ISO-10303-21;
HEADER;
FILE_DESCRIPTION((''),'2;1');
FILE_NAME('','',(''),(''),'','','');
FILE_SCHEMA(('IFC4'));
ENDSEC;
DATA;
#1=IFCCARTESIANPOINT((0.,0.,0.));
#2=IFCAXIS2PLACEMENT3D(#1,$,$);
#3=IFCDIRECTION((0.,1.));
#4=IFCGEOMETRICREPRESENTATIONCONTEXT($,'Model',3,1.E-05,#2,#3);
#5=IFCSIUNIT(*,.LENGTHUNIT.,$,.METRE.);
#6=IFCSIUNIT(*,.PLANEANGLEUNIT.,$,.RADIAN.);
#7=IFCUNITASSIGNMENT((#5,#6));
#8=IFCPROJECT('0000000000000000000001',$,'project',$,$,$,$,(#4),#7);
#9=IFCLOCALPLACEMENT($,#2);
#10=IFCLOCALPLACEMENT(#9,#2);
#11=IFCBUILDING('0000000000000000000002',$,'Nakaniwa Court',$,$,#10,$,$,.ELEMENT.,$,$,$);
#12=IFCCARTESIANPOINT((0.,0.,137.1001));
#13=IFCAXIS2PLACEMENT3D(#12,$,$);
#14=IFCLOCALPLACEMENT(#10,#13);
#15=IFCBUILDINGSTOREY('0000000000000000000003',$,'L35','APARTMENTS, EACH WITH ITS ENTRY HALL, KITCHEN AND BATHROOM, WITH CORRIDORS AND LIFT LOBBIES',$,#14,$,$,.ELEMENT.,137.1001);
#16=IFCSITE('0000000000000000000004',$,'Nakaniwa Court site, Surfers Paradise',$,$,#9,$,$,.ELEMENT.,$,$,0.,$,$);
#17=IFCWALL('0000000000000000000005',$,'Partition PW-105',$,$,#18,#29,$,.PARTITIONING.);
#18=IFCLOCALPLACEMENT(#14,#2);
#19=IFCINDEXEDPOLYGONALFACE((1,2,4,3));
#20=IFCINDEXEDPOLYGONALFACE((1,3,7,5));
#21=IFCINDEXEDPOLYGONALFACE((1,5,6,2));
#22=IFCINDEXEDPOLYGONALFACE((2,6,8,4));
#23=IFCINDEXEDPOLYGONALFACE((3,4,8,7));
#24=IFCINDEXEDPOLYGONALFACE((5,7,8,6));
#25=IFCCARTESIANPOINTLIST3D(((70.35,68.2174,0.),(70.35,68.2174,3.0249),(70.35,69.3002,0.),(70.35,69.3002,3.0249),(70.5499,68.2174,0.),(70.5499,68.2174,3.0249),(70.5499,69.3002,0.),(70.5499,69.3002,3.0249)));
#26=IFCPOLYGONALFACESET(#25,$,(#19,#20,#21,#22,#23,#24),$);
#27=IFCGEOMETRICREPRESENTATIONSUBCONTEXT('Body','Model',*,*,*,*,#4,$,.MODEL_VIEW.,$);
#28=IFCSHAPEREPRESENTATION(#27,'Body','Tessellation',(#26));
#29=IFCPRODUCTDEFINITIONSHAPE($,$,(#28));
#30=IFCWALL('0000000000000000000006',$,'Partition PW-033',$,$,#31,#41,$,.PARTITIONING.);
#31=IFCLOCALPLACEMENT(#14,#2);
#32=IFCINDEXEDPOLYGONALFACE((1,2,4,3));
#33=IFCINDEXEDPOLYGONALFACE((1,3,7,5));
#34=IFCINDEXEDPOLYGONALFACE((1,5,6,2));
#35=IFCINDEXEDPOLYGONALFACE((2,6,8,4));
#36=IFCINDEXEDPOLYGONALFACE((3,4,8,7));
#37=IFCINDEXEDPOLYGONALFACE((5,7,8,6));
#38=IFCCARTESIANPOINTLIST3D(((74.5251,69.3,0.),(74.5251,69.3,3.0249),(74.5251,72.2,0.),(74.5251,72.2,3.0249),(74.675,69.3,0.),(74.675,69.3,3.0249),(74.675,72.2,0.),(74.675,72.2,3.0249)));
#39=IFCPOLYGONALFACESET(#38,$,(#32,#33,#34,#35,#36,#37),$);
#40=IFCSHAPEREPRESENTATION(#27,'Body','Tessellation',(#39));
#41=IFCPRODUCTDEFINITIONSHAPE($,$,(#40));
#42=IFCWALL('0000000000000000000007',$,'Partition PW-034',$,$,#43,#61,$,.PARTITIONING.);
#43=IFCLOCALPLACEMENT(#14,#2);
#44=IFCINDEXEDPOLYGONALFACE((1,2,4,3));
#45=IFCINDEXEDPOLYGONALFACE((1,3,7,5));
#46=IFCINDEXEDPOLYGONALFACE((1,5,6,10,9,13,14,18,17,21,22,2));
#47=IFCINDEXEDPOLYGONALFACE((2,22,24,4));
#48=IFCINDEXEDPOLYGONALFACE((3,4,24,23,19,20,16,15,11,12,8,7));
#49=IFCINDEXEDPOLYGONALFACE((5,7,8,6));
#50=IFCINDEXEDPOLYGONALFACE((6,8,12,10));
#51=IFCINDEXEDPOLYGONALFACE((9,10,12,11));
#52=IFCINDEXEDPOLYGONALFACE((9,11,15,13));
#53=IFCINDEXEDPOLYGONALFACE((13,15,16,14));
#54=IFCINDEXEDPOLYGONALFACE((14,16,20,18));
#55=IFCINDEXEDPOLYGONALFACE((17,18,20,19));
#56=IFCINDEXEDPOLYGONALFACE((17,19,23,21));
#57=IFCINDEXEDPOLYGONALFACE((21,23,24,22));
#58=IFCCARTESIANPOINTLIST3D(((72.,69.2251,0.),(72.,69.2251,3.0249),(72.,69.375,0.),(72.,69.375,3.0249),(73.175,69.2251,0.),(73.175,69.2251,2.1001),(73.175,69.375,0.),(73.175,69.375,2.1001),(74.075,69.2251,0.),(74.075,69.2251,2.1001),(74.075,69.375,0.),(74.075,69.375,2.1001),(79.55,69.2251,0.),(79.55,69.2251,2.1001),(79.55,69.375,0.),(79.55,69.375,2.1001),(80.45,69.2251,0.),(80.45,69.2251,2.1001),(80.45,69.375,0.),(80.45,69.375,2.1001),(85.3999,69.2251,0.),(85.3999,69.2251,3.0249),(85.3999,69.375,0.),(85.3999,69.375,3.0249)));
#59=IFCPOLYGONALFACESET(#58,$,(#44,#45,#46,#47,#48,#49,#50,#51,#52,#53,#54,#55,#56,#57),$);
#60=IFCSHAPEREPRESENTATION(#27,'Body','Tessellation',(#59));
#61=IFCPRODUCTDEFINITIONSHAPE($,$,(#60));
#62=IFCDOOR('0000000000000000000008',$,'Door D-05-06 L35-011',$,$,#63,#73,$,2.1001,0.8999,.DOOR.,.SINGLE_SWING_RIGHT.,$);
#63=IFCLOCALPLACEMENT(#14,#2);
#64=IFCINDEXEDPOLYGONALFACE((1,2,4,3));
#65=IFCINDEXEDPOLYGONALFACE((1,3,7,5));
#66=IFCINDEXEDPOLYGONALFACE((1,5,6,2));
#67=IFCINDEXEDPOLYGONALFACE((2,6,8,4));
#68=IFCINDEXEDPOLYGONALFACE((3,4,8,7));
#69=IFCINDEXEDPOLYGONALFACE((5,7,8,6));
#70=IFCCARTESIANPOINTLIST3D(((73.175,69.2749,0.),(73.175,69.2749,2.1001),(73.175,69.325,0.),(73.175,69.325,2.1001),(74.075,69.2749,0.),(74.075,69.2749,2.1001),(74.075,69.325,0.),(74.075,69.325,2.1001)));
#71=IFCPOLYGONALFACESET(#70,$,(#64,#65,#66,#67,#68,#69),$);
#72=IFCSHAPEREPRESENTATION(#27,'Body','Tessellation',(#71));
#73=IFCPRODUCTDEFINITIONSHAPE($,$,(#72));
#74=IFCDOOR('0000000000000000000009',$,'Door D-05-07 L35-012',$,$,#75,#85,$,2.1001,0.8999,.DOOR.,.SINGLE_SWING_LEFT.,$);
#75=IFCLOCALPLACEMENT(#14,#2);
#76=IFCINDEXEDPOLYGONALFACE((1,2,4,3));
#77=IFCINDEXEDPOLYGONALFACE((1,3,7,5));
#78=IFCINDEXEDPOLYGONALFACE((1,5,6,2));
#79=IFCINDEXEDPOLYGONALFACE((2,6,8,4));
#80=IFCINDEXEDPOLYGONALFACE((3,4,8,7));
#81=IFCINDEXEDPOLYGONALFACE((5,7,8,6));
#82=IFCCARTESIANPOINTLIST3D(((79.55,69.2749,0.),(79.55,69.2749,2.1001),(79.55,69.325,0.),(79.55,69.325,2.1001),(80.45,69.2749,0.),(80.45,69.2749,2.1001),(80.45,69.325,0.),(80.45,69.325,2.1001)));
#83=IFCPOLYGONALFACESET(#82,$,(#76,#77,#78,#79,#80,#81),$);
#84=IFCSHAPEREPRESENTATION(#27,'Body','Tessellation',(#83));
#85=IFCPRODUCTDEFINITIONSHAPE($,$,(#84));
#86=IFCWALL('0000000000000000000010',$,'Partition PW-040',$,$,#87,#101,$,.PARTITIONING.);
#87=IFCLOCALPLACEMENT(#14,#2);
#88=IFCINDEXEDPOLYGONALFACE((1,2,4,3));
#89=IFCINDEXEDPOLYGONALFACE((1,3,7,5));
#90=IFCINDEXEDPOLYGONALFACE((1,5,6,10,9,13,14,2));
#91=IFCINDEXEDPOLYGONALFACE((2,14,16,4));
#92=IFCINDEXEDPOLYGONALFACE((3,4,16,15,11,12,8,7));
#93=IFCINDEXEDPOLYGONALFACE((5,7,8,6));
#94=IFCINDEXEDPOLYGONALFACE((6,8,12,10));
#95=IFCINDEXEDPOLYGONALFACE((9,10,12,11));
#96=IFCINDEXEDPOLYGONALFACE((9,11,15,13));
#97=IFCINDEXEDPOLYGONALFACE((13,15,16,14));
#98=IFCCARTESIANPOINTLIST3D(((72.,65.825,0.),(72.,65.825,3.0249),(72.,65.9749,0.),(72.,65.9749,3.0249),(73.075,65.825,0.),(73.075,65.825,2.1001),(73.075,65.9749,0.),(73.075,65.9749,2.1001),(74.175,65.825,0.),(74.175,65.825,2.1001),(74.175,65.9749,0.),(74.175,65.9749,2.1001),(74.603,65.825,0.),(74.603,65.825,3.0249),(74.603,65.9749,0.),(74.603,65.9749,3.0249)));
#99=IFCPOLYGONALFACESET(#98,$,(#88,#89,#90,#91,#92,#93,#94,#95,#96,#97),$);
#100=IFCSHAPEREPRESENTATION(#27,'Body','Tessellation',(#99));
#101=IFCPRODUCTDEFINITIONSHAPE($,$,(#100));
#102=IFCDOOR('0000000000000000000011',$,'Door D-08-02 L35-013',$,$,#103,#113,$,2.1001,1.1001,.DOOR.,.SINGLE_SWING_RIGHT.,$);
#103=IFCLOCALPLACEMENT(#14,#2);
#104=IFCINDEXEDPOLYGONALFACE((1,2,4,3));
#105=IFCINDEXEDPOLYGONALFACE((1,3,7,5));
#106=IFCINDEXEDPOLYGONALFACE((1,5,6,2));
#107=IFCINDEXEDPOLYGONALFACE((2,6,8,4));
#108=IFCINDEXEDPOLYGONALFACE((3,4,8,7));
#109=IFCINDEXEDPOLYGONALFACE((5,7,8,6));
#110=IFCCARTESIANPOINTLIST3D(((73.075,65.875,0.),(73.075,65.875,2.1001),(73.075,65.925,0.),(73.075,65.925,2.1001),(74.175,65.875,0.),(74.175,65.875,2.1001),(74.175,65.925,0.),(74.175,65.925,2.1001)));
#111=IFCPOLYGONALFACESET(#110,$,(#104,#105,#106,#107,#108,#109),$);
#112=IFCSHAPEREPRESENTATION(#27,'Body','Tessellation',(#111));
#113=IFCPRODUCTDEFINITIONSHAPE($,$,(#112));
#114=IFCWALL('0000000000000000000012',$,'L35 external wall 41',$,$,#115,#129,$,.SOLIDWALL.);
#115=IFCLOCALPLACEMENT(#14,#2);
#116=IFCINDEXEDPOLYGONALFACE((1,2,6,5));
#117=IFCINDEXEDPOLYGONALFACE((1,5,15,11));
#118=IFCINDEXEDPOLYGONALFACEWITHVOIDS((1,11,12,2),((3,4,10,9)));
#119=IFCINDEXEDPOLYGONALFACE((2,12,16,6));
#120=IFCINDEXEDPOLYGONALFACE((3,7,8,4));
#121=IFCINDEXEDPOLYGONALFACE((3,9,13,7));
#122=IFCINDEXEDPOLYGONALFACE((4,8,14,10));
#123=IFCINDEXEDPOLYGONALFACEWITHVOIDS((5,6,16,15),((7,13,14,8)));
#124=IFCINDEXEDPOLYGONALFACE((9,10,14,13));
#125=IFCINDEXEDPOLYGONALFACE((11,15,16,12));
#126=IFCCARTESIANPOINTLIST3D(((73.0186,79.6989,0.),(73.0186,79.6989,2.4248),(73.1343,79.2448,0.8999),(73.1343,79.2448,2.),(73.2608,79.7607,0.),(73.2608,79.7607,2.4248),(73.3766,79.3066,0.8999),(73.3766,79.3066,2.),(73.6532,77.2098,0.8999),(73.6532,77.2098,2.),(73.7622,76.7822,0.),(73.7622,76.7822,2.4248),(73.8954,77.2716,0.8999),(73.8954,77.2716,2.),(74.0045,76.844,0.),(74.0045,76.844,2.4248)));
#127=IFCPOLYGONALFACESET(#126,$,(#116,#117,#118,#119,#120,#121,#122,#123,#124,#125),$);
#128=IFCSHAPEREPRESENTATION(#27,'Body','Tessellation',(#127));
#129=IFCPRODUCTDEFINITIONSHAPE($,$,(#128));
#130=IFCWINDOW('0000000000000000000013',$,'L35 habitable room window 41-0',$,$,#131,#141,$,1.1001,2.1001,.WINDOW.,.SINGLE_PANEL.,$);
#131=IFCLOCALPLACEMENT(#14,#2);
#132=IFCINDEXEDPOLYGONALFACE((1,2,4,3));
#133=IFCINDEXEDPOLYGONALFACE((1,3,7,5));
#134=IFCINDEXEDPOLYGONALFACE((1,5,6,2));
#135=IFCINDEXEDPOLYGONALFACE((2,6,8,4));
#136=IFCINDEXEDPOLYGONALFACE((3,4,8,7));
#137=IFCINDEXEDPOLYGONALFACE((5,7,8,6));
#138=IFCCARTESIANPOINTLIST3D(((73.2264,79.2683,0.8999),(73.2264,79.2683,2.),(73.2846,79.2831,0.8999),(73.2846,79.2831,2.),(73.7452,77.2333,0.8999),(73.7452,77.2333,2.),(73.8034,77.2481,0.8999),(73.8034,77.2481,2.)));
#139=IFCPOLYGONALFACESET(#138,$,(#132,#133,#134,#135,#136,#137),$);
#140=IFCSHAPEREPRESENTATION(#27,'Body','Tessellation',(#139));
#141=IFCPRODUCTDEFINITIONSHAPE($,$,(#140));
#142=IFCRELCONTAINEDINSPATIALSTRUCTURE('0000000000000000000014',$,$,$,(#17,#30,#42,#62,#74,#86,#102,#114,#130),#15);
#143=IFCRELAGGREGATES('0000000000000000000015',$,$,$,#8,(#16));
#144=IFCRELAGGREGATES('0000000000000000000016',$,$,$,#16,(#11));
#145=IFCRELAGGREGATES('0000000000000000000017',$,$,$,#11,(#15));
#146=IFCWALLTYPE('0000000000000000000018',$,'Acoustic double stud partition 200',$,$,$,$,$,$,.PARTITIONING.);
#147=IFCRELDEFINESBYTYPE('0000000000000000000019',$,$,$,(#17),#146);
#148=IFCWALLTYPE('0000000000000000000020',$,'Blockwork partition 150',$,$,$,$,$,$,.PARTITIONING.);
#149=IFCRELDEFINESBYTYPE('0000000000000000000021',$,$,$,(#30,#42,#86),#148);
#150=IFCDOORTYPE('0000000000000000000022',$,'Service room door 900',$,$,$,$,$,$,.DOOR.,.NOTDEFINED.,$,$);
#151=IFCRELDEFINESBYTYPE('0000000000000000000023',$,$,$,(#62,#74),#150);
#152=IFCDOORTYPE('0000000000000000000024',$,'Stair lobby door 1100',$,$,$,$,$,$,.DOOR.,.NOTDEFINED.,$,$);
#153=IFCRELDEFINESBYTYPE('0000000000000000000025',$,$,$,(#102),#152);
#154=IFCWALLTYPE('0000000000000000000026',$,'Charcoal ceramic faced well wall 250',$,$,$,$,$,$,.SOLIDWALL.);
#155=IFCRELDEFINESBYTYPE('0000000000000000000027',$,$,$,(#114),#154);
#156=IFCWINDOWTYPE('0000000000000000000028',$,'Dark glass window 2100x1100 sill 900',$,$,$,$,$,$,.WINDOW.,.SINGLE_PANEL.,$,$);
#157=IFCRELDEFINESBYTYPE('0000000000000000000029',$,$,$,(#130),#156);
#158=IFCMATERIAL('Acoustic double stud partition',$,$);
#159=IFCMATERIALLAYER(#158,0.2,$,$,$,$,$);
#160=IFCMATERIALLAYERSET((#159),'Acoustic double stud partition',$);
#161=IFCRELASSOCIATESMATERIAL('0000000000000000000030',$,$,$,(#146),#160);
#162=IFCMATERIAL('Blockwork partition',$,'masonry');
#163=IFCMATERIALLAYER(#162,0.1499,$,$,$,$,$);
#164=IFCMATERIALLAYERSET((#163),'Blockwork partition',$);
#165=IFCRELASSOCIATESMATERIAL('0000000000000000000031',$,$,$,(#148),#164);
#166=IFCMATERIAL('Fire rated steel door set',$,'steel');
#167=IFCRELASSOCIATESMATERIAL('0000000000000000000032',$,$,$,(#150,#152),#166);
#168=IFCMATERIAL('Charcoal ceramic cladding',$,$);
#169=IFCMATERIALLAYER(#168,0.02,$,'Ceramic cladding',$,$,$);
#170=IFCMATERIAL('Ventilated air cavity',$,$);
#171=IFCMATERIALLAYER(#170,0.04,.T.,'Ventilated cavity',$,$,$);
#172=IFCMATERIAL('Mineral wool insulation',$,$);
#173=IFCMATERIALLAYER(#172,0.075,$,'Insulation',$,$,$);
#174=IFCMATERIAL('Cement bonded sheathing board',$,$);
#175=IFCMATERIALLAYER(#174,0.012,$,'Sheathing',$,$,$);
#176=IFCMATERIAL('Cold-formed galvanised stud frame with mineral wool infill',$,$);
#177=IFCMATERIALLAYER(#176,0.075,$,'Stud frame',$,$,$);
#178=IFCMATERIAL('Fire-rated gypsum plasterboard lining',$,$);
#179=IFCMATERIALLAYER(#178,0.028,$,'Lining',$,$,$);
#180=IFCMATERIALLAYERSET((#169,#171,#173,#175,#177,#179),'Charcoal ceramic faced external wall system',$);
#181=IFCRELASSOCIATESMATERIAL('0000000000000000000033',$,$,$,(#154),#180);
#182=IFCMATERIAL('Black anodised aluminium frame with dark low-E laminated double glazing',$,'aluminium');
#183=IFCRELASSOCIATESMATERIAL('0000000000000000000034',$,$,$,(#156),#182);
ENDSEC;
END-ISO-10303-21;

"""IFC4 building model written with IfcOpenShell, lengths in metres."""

from ifc_helpers import new_model, si_unit, direction, frame, frame_2d, origin, place, context, subcontext, project, spatial, rectangle, extrude, material, layer, layer_set, type_object, element, fill, save


model = new_model("IFC4")

# Units and contexts
model_context = context("Model", 3, precision=1e-05, world=origin(), true_north=direction((0.0, 1.0)))
body_context = subcontext(model_context, "Body", "Model", "MODEL_VIEW")
ifc_project = project(units=[si_unit("LENGTHUNIT", "METRE"), si_unit("PLANEANGLEUNIT", "RADIAN")], contexts=[model_context])

# Site, building, storey
site_placement = place(None, origin())
site = spatial("IfcSite", under=ifc_project, at=site_placement, Name="Nakaniwa Court site, Surfers Paradise", CompositionType="ELEMENT", RefElevation=0.0)
building_placement = place(site_placement, origin())
building = spatial("IfcBuilding", under=site, at=building_placement, Name="Nakaniwa Court", CompositionType="ELEMENT")
storey_placement = place(building_placement, frame((0.0, 0.0, 137.1001)))
storey = spatial("IfcBuildingStorey", under=building, at=storey_placement, Name="L35", Description="APARTMENTS, EACH WITH ITS ENTRY HALL, KITCHEN AND BATHROOM, WITH CORRIDORS AND LIFT LOBBIES", CompositionType="ELEMENT", Elevation=137.1001)

# Walls
ifc_material_1 = material(Name="Acoustic double stud partition")
ifc_layer_1 = layer(ifc_material_1, 0.2)
ifc_layer_set_1 = layer_set([ifc_layer_1], Name="Acoustic double stud partition")
wall_type_1 = type_object("IfcWallType", Name="Acoustic double stud partition 200", PredefinedType="PARTITIONING", material=ifc_layer_set_1)
wall_1_placement = place(storey_placement, frame((70.45, 68.2173, 0.0), z_axis=(0.0, 0.0, 1.0), x_axis=(0.0, 1.0, 0.0)))
element("IfcWall", 1, at=wall_1_placement, inside=storey, type_object=wall_type_1, Name="Partition PW-105", PredefinedType="PARTITIONING", context=body_context, shape_type="SweptSolid", body=[
    extrude(rectangle(XDim=1.0828, YDim=0.2, at=frame_2d((0.5415, 0.0))), origin(), (0.0, 0.0, 1.0), 3.0249),
])
ifc_material_2 = material(Name="Blockwork partition", Category="masonry")
ifc_layer_2 = layer(ifc_material_2, 0.1499)
ifc_layer_set_2 = layer_set([ifc_layer_2], Name="Blockwork partition")
wall_type_2 = type_object("IfcWallType", Name="Blockwork partition 150", PredefinedType="PARTITIONING", material=ifc_layer_set_2)
wall_2_placement = place(storey_placement, frame((74.6001, 69.3, 0.0), z_axis=(0.0, 0.0, 1.0), x_axis=(0.0, 1.0, 0.0)))
element("IfcWall", 2, at=wall_2_placement, inside=storey, type_object=wall_type_2, Name="Partition PW-033", PredefinedType="PARTITIONING", context=body_context, shape_type="SweptSolid", body=[
    extrude(rectangle(XDim=2.8999, YDim=0.1499, at=frame_2d((1.45, 0.0))), origin(), (0.0, 0.0, 1.0), 3.0249),
])

# Wall, openings, doors
wall_3_placement = place(storey_placement, frame((72.0, 69.3, 0.0), z_axis=(0.0, 0.0, 1.0), x_axis=(1.0, 0.0, 0.0)))
wall_3 = element("IfcWall", 3, at=wall_3_placement, inside=storey, type_object=wall_type_2, Name="Partition PW-034", PredefinedType="PARTITIONING", context=body_context, shape_type="SweptSolid", body=[
    extrude(rectangle(XDim=13.3999, YDim=0.1499, at=frame_2d((6.7, 0.0))), origin(), (0.0, 0.0, 1.0), 3.0249),
])
opening_1_placement = place(wall_3_placement, frame((1.175, 0.0, 0.0)))
opening_1 = element("IfcOpeningElement", 4, at=opening_1_placement, cuts=wall_3, PredefinedType="OPENING", context=body_context, shape_type="SweptSolid", body=[
    extrude(rectangle(XDim=0.8999, YDim=2.1001, at=frame_2d((0.45, 1.05))), frame((0.0, 0.085, 0.0), z_axis=(0.0, -1.0, 0.0), x_axis=(1.0, 0.0, 0.0)), (0.0, 0.0, 1.0), 0.1699),
])
opening_2_placement = place(wall_3_placement, frame((7.55, 0.0, 0.0)))
opening_2 = element("IfcOpeningElement", 5, at=opening_2_placement, cuts=wall_3, PredefinedType="OPENING", context=body_context, shape_type="SweptSolid", body=[
    extrude(rectangle(XDim=0.8999, YDim=2.1001, at=frame_2d((0.45, 1.05))), frame((0.0, 0.085, 0.0), z_axis=(0.0, -1.0, 0.0), x_axis=(1.0, 0.0, 0.0)), (0.0, 0.0, 1.0), 0.1699),
])
ifc_material_3 = material(Name="Fire rated steel door set", Category="steel")
door_type_1 = type_object("IfcDoorType", Name="Service room door 900", OperationType="NOTDEFINED", PredefinedType="DOOR", material=ifc_material_3)
door_1_placement = place(opening_1_placement, origin())
door_1 = element("IfcDoor", 6, at=door_1_placement, inside=storey, type_object=door_type_1, Name="Door D-05-06 L35-011", OperationType="SINGLE_SWING_RIGHT", OverallHeight=2.1001, OverallWidth=0.8999, PredefinedType="DOOR", context=body_context, shape_type="SweptSolid", body=[
    extrude(rectangle(XDim=0.8999, YDim=2.1001, at=frame_2d((0.45, 1.05))), frame((0.0, 0.0249, 0.0), z_axis=(0.0, -1.0, 0.0), x_axis=(1.0, 0.0, 0.0)), (0.0, 0.0, 1.0), 0.05),
])
fill(opening_1, door_1)
door_2_placement = place(opening_2_placement, origin())
door_2 = element("IfcDoor", 7, at=door_2_placement, inside=storey, type_object=door_type_1, Name="Door D-05-07 L35-012", OperationType="SINGLE_SWING_LEFT", OverallHeight=2.1001, OverallWidth=0.8999, PredefinedType="DOOR", context=body_context, shape_type="SweptSolid", body=[
    extrude(rectangle(XDim=0.8999, YDim=2.1001, at=frame_2d((0.45, 1.05))), frame((0.0, 0.0249, 0.0), z_axis=(0.0, -1.0, 0.0), x_axis=(1.0, 0.0, 0.0)), (0.0, 0.0, 1.0), 0.05),
])
fill(opening_2, door_2)

# Wall, opening, door
wall_4_placement = place(storey_placement, frame((74.603, 65.8999, 0.0), z_axis=(0.0, 0.0, 1.0), x_axis=(-1.0, 0.0, 0.0)))
wall_4 = element("IfcWall", 8, at=wall_4_placement, inside=storey, type_object=wall_type_2, Name="Partition PW-040", PredefinedType="PARTITIONING", context=body_context, shape_type="SweptSolid", body=[
    extrude(rectangle(XDim=2.603, YDim=0.1499, at=frame_2d((1.3015, 0.0))), origin(), (0.0, 0.0, 1.0), 3.0249),
])
opening_3_placement = place(wall_4_placement, frame((0.428, 0.0, 0.0)))
opening_3 = element("IfcOpeningElement", 9, at=opening_3_placement, cuts=wall_4, PredefinedType="OPENING", context=body_context, shape_type="SweptSolid", body=[
    extrude(rectangle(XDim=1.1001, YDim=2.1001, at=frame_2d((0.55, 1.05))), frame((0.0, 0.085, 0.0), z_axis=(0.0, -1.0, 0.0), x_axis=(1.0, 0.0, 0.0)), (0.0, 0.0, 1.0), 0.1699),
])
door_type_2 = type_object("IfcDoorType", Name="Stair lobby door 1100", OperationType="NOTDEFINED", PredefinedType="DOOR", material=ifc_material_3)
door_3_placement = place(opening_3_placement, origin())
door_3 = element("IfcDoor", 10, at=door_3_placement, inside=storey, type_object=door_type_2, Name="Door D-08-02 L35-013", OperationType="SINGLE_SWING_RIGHT", OverallHeight=2.1001, OverallWidth=1.1001, PredefinedType="DOOR", context=body_context, shape_type="SweptSolid", body=[
    extrude(rectangle(XDim=1.1001, YDim=2.1001, at=frame_2d((0.55, 1.05))), frame((0.0, 0.0249, 0.0), z_axis=(0.0, -1.0, 0.0), x_axis=(1.0, 0.0, 0.0)), (0.0, 0.0, 1.0), 0.05),
])
fill(opening_3, door_3)

# Wall, opening, window
ifc_material_4 = material(Name="Charcoal ceramic cladding")
ifc_layer_3 = layer(ifc_material_4, 0.02, Name="Ceramic cladding")
ifc_material_5 = material(Name="Ventilated air cavity")
ifc_layer_4 = layer(ifc_material_5, 0.04, ventilated=True, Name="Ventilated cavity")
ifc_material_6 = material(Name="Mineral wool insulation")
ifc_layer_5 = layer(ifc_material_6, 0.075, Name="Insulation")
ifc_material_7 = material(Name="Cement bonded sheathing board")
ifc_layer_6 = layer(ifc_material_7, 0.012, Name="Sheathing")
ifc_material_8 = material(Name="Cold-formed galvanised stud frame with mineral wool infill")
ifc_layer_7 = layer(ifc_material_8, 0.075, Name="Stud frame")
ifc_material_9 = material(Name="Fire-rated gypsum plasterboard lining")
ifc_layer_8 = layer(ifc_material_9, 0.028, Name="Lining")
ifc_layer_set_3 = layer_set([ifc_layer_3, ifc_layer_4, ifc_layer_5, ifc_layer_6, ifc_layer_7, ifc_layer_8], Name="Charcoal ceramic faced external wall system")
wall_type_3 = type_object("IfcWallType", Name="Charcoal ceramic faced well wall 250", PredefinedType="SOLIDWALL", material=ifc_layer_set_3)
wall_5_placement = place(storey_placement, frame((73.8833, 76.8132, 0.0), z_axis=(0.0, 0.0, 1.0), x_axis=(-0.247056, 0.969001, 0.0)))
wall_5 = element("IfcWall", 11, at=wall_5_placement, inside=storey, type_object=wall_type_3, Name="L35 external wall 41", PredefinedType="SOLIDWALL", context=body_context, shape_type="SweptSolid", body=[
    extrude(rectangle(XDim=3.01, YDim=0.25, at=frame_2d((1.5049, 0.0))), origin(), (0.0, 0.0, 1.0), 2.4248),
])
opening_4_placement = place(wall_5_placement, frame((0.4412, 0.0, 0.8999)))
opening_4 = element("IfcOpeningElement", 12, at=opening_4_placement, cuts=wall_5, PredefinedType="OPENING", context=body_context, shape_type="SweptSolid", body=[
    extrude(rectangle(XDim=2.1001, YDim=1.1001, at=frame_2d((1.05, 0.55))), frame((0.0, 0.135, 0.0), z_axis=(0.0, -1.0, 0.0), x_axis=(1.0, 0.0, 0.0)), (0.0, 0.0, 1.0), 0.27),
])
ifc_material_10 = material(Name="Black anodised aluminium frame with dark low-E laminated double glazing", Category="aluminium")
window_type = type_object("IfcWindowType", Name="Dark glass window 2100x1100 sill 900", PartitioningType="SINGLE_PANEL", PredefinedType="WINDOW", material=ifc_material_10)
window_1_placement = place(opening_4_placement, origin())
window_1 = element("IfcWindow", 13, at=window_1_placement, inside=storey, type_object=window_type, Name="L35 habitable room window 41-0", OverallHeight=1.1001, OverallWidth=2.1001, PartitioningType="SINGLE_PANEL", PredefinedType="WINDOW", context=body_context, shape_type="SweptSolid", body=[
    extrude(rectangle(XDim=2.1001, YDim=1.1001, at=frame_2d((1.05, 0.55))), frame((0.0, 0.03, 0.0), z_axis=(0.0, -1.0, 0.0), x_axis=(1.0, 0.0, 0.0)), (0.0, 0.0, 1.0), 0.0601),
])
fill(opening_4, window_1)

save(model, "model.ifc")
